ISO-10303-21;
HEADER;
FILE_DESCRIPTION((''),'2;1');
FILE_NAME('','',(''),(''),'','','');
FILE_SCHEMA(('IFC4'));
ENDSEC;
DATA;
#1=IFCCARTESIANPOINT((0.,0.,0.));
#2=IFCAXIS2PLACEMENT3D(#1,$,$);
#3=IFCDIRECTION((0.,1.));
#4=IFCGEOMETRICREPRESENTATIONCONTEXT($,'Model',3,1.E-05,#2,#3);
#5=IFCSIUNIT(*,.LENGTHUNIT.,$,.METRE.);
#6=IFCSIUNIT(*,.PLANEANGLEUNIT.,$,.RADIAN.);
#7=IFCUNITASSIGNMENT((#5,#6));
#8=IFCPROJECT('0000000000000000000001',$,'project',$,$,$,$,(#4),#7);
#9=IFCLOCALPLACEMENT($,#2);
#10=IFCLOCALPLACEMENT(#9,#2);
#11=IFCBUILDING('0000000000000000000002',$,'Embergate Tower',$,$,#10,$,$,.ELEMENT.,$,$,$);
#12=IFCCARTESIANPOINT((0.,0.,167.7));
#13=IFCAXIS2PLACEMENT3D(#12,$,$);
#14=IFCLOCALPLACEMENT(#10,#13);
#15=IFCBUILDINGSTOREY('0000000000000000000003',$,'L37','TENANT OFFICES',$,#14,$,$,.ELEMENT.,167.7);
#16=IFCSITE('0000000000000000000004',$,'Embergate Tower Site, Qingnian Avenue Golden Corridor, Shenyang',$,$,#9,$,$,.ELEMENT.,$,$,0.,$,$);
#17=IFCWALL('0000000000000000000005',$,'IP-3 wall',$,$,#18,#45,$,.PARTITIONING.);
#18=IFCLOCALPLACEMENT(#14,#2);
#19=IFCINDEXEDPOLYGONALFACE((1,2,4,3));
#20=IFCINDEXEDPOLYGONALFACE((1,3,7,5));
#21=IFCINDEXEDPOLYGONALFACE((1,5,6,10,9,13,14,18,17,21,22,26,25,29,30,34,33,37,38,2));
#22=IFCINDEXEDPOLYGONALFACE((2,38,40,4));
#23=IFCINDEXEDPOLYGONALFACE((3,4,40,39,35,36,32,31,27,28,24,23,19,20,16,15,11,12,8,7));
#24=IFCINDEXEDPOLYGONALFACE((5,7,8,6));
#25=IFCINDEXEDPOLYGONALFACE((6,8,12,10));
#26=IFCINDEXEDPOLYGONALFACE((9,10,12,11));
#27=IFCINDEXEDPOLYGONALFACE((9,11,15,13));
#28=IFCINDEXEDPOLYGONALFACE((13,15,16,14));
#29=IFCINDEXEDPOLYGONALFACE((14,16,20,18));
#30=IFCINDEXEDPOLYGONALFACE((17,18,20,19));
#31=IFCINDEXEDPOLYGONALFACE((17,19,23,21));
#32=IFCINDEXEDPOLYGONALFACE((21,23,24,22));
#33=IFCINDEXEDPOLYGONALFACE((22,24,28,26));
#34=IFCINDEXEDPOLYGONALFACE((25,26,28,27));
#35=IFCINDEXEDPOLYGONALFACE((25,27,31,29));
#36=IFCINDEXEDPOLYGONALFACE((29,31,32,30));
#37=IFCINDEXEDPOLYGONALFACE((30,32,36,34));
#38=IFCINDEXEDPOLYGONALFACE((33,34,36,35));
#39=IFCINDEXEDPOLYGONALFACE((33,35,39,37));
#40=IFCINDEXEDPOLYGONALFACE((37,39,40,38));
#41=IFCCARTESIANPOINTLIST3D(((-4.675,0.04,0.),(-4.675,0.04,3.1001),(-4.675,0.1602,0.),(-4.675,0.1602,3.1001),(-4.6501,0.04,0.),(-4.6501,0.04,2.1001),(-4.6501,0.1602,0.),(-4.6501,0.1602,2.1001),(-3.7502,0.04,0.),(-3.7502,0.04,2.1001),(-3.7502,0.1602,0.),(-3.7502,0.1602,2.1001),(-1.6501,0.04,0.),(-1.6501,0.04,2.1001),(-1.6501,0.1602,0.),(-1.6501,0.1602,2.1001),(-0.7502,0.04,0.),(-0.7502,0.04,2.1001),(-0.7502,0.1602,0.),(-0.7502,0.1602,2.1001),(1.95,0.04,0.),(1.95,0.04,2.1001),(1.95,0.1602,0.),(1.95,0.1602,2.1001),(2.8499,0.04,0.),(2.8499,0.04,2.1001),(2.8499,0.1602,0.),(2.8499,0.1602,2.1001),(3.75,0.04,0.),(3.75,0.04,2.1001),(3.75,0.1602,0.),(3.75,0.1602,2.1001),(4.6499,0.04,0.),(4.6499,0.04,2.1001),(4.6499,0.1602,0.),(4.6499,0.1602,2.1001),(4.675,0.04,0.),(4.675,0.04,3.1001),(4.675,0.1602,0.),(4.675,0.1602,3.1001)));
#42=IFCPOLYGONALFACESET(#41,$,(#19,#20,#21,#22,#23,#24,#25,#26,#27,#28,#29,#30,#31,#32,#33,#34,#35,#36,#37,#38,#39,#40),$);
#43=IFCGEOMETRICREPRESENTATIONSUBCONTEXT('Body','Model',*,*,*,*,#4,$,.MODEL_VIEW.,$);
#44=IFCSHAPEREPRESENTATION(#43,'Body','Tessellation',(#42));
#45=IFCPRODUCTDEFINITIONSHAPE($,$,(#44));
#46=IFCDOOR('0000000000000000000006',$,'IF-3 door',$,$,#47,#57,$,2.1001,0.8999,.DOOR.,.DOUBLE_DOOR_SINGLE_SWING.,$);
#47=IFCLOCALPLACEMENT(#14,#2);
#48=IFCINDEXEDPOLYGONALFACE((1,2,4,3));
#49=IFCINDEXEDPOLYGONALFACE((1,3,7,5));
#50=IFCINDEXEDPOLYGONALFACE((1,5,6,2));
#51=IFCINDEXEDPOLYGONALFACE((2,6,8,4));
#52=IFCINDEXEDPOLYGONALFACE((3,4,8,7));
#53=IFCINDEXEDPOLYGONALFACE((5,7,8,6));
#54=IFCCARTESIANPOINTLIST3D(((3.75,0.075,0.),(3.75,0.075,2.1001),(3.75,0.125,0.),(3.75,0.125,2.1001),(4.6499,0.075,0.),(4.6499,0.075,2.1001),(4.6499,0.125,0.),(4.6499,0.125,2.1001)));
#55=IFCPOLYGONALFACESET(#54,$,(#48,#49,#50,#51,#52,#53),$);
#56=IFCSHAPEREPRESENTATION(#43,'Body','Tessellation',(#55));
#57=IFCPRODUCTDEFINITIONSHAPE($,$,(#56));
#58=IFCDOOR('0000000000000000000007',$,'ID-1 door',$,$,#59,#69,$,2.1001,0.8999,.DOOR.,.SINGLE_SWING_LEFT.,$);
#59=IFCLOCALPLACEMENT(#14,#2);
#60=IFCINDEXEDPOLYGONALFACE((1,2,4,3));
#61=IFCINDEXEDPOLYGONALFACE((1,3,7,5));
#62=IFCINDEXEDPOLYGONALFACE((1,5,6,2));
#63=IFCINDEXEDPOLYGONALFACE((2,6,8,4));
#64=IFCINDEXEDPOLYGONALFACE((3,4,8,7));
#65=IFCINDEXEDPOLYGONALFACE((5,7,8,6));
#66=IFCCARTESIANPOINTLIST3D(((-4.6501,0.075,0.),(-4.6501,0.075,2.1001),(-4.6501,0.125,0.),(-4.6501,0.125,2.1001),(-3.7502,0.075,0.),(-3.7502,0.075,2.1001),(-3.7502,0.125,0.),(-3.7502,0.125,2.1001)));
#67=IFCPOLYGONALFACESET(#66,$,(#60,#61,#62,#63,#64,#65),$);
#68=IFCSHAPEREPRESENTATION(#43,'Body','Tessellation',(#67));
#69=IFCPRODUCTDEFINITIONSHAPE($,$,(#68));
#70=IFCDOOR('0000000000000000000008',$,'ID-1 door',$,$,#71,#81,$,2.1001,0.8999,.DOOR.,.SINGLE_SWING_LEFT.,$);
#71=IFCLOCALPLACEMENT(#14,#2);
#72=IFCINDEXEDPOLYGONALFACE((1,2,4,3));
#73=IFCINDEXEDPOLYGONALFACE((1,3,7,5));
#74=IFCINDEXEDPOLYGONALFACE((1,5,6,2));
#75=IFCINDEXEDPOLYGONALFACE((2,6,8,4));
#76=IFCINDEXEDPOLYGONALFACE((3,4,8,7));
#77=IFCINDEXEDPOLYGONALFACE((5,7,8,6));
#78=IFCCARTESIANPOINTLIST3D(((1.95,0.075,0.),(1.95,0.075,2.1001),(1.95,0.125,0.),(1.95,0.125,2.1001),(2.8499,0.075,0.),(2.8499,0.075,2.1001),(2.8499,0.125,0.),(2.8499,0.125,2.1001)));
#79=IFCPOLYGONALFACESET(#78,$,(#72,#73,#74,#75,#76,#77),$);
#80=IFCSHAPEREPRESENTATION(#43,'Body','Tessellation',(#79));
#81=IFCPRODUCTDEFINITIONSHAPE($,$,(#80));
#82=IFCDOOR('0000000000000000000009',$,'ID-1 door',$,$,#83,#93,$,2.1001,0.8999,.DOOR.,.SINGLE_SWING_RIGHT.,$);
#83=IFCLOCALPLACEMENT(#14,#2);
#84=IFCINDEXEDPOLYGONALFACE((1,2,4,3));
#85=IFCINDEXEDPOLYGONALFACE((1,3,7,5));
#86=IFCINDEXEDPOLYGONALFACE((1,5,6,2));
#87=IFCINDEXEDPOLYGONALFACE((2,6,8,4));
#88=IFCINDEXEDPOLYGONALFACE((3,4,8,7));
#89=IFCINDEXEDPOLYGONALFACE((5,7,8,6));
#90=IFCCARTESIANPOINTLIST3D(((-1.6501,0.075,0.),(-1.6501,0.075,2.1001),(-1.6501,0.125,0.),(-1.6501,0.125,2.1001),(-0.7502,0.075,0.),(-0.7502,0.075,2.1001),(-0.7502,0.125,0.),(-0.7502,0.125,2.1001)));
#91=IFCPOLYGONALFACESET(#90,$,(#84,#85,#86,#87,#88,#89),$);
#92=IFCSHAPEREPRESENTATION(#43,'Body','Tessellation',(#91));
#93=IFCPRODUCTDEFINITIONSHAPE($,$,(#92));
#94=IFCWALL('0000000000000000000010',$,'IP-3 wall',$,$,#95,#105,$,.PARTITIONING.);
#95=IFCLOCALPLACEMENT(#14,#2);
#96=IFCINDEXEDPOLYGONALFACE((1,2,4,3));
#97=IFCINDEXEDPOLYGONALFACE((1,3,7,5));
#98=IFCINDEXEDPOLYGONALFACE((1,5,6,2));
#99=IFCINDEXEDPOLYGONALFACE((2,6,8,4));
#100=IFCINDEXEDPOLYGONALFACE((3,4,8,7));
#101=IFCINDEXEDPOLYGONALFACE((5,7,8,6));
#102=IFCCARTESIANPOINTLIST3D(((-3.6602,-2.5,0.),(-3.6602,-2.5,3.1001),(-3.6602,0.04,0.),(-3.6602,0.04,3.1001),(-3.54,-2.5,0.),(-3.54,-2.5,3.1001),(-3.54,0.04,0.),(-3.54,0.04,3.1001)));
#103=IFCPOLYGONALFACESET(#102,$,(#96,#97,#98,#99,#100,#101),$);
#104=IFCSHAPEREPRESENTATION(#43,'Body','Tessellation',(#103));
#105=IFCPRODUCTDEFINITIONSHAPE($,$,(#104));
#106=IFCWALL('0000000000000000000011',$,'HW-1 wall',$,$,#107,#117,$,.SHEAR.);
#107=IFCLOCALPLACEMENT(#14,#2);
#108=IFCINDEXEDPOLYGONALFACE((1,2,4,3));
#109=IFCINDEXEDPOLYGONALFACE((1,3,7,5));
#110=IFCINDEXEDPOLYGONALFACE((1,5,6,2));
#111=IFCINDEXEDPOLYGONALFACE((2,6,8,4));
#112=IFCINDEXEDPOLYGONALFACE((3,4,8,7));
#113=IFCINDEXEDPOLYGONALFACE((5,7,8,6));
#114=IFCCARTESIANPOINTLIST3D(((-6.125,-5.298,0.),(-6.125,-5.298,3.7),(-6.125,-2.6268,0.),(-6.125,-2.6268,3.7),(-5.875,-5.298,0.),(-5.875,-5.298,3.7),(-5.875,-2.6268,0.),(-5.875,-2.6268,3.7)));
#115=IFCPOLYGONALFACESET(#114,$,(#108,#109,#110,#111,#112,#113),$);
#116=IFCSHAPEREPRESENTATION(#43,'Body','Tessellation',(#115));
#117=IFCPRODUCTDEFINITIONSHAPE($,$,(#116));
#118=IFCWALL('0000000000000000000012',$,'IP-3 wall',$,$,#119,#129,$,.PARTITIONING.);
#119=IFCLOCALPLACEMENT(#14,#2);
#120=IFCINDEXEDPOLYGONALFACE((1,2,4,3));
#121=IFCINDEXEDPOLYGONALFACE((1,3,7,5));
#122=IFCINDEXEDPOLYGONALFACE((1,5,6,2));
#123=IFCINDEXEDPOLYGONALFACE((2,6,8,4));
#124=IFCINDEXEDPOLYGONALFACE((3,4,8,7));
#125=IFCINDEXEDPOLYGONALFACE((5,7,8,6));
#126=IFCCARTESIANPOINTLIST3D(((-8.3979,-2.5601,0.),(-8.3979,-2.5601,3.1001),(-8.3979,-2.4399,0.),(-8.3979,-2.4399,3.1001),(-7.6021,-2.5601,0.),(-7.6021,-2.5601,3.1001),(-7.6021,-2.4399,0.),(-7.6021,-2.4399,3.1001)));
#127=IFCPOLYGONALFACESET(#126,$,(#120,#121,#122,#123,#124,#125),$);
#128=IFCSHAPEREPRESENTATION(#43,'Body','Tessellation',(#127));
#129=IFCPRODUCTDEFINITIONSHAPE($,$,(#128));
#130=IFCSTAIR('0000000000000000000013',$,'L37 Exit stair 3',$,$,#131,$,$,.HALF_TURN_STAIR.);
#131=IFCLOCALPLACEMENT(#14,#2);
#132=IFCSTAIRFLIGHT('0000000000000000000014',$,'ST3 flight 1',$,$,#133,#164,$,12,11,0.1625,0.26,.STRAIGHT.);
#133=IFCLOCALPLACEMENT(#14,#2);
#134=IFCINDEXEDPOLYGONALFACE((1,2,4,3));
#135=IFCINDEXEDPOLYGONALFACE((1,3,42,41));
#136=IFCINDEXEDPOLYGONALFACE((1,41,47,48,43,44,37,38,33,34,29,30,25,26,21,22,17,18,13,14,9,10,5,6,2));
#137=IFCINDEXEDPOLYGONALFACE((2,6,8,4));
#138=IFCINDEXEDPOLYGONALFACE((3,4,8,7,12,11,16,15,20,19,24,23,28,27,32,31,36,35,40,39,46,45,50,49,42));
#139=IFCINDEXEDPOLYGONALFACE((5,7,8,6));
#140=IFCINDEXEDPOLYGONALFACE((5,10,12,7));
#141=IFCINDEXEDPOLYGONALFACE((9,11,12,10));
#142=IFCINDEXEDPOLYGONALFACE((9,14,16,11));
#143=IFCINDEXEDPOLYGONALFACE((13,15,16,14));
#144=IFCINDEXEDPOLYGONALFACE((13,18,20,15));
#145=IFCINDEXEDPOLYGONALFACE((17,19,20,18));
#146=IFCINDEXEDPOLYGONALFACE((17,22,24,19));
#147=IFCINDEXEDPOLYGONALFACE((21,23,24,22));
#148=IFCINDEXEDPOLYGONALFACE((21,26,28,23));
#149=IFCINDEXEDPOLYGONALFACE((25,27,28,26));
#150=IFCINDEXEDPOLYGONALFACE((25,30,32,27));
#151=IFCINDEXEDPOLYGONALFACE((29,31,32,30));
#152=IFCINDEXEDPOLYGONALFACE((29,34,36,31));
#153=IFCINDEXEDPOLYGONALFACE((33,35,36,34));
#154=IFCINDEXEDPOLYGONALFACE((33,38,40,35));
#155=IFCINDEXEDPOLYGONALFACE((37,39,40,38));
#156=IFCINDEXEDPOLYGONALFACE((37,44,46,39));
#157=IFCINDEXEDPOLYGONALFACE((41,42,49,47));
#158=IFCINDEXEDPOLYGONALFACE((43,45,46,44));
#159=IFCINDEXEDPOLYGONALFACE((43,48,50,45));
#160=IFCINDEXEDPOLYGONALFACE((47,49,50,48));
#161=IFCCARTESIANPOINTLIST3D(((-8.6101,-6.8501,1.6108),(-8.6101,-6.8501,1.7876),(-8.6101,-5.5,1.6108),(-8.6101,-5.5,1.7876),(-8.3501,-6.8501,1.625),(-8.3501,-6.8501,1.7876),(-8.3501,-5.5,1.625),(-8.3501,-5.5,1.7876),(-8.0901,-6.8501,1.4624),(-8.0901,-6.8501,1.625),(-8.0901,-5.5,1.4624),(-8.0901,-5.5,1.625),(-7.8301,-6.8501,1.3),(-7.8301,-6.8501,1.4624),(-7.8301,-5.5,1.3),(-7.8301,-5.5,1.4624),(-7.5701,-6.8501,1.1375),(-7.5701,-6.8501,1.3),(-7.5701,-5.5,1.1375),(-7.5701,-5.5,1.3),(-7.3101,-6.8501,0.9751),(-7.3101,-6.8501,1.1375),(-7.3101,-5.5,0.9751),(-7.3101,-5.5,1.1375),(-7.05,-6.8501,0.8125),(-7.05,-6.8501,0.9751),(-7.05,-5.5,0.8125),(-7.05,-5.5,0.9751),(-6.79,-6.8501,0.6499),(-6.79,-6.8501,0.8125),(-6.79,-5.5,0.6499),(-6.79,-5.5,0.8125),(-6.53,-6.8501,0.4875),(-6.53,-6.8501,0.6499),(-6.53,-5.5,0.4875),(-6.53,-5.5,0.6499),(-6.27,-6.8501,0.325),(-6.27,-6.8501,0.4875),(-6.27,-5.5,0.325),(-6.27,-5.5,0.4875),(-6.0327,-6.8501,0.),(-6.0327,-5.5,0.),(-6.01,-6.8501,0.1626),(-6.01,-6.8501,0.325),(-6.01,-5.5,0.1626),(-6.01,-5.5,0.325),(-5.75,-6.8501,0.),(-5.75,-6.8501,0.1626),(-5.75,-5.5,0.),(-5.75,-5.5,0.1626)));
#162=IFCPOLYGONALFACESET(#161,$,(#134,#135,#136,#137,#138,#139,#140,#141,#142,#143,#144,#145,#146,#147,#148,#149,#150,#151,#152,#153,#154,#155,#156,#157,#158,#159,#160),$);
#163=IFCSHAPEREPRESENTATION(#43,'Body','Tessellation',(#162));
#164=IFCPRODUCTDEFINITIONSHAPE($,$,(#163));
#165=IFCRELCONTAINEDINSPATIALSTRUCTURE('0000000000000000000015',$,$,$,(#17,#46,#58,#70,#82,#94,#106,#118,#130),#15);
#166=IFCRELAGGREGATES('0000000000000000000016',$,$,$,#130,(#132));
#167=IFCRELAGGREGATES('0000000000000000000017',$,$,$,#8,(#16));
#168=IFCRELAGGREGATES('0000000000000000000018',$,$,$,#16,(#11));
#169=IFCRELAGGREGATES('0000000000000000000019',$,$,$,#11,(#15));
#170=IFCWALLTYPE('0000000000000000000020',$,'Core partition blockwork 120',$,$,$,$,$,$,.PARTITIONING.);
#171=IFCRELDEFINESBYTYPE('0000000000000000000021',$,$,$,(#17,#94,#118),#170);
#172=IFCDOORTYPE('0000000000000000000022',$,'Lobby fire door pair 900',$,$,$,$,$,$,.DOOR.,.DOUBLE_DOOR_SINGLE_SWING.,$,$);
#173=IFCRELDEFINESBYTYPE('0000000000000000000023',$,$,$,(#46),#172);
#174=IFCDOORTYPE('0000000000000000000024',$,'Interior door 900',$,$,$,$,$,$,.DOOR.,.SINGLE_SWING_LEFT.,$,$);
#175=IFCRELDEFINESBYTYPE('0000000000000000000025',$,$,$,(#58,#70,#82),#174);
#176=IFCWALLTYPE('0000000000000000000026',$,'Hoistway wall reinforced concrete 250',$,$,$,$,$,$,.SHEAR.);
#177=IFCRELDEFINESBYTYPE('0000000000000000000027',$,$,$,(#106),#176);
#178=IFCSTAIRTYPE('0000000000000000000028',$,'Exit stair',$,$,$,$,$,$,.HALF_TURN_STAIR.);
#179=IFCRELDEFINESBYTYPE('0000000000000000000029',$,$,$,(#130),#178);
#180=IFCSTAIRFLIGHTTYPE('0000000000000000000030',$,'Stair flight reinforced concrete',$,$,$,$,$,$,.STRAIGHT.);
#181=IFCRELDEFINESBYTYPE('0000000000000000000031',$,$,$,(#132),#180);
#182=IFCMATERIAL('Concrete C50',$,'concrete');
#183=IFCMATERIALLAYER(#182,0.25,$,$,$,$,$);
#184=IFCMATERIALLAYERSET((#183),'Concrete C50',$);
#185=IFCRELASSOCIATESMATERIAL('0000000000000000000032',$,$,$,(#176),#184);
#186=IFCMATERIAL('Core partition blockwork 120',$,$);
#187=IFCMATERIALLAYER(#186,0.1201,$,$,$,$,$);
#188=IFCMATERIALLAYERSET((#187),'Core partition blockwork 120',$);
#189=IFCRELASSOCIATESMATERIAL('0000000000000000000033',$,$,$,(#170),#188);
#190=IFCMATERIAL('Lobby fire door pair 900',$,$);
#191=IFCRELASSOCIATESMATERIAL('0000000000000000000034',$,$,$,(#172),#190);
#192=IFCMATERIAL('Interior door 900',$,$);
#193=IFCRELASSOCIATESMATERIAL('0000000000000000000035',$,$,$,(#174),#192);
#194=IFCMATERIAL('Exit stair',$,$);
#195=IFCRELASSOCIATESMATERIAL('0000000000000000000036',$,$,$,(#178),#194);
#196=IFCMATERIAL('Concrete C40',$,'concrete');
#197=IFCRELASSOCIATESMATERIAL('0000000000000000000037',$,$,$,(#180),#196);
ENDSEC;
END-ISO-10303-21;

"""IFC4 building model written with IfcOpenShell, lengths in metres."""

from ifc_helpers import new_model, si_unit, direction, frame, frame_2d, origin, place, context, subcontext, project, spatial, polyline, rectangle, outline, extrude, source, transform, mapped, material, layer, layer_set, type_object, element, fill, aggregate, save


model = new_model("IFC4")

# Units and contexts
model_context = context("Model", 3, precision=1e-05, world=origin(), true_north=direction((0.0, 1.0)))
body_context = subcontext(model_context, "Body", "Model", "MODEL_VIEW")
ifc_project = project(units=[si_unit("LENGTHUNIT", "METRE"), si_unit("PLANEANGLEUNIT", "RADIAN")], contexts=[model_context])

# Site, building, storey
site_placement = place(None, origin())
site = spatial("IfcSite", under=ifc_project, at=site_placement, Name="Embergate Tower Site, Qingnian Avenue Golden Corridor, Shenyang", CompositionType="ELEMENT", RefElevation=0.0)
building_placement = place(site_placement, origin())
building = spatial("IfcBuilding", under=site, at=building_placement, Name="Embergate Tower", CompositionType="ELEMENT")
storey_placement = place(building_placement, frame((0.0, 0.0, 167.7)))
storey = spatial("IfcBuildingStorey", under=building, at=storey_placement, Name="L37", Description="TENANT OFFICES", CompositionType="ELEMENT", Elevation=167.7)

# Shared definitions
ifc_material_1 = material(Name="Concrete C50", Category="concrete")
ifc_layer_1 = layer(ifc_material_1, 0.25)
ifc_layer_set_1 = layer_set([ifc_layer_1], Name="Concrete C50")
wall_type_1 = type_object("IfcWallType", Name="Hoistway wall reinforced concrete 250", PredefinedType="SHEAR", material=ifc_layer_set_1)

# Shared definitions
ifc_material_2 = material(Name="Core partition blockwork 120")
ifc_layer_2 = layer(ifc_material_2, 0.1201)
ifc_layer_set_2 = layer_set([ifc_layer_2], Name="Core partition blockwork 120")
wall_type_2 = type_object("IfcWallType", Name="Core partition blockwork 120", PredefinedType="PARTITIONING", material=ifc_layer_set_2)

# Wall, openings, doors
shared_shape_1 = source(origin(), body_context, "Body", "SweptSolid", [
    extrude(rectangle(XDim=9.3501, YDim=0.1201, at=frame_2d((4.675, 0.0))), origin(), (0.0, 0.0, 1.0), 3.1001),
])
wall_1_placement = place(storey_placement, frame((-4.675, 0.1001, 0.0), z_axis=(0.0, 0.0, 1.0), x_axis=(1.0, 0.0, 0.0)))
wall_1 = element("IfcWall", 1, at=wall_1_placement, inside=storey, type_object=wall_type_2, Name="IP-3 wall", PredefinedType="PARTITIONING", context=body_context, shape_type="MappedRepresentation", body=[
    mapped(shared_shape_1, transform((0.0, 0.0, 0.0))),
])
shared_shape_2 = source(origin(), body_context, "Body", "SweptSolid", [
    extrude(rectangle(XDim=0.8999, YDim=2.1001, at=frame_2d((0.45, 1.05))), frame((0.0, 0.0701, 0.0), z_axis=(0.0, -1.0, 0.0), x_axis=(1.0, 0.0, 0.0)), (0.0, 0.0, 1.0), 0.1401),
])
opening_1_placement = place(wall_1_placement, frame((8.425, 0.0, 0.0)))
opening_1 = element("IfcOpeningElement", 2, at=opening_1_placement, cuts=wall_1, PredefinedType="OPENING", context=body_context, shape_type="MappedRepresentation", body=[
    mapped(shared_shape_2, transform((0.0, 0.0, 0.0))),
])
opening_2_placement = place(wall_1_placement, frame((0.0249, 0.0, 0.0)))
opening_2 = element("IfcOpeningElement", 3, at=opening_2_placement, cuts=wall_1, PredefinedType="OPENING", context=body_context, shape_type="MappedRepresentation", body=[
    mapped(shared_shape_2, transform((0.0, 0.0, 0.0))),
])
opening_3_placement = place(wall_1_placement, frame((6.625, 0.0, 0.0)))
opening_3 = element("IfcOpeningElement", 4, at=opening_3_placement, cuts=wall_1, PredefinedType="OPENING", context=body_context, shape_type="MappedRepresentation", body=[
    mapped(shared_shape_2, transform((0.0, 0.0, 0.0))),
])
opening_4_placement = place(wall_1_placement, frame((3.0249, 0.0, 0.0)))
opening_4 = element("IfcOpeningElement", 5, at=opening_4_placement, cuts=wall_1, PredefinedType="OPENING", context=body_context, shape_type="MappedRepresentation", body=[
    mapped(shared_shape_2, transform((0.0, 0.0, 0.0))),
])
ifc_material_3 = material(Name="Lobby fire door pair 900")
door_type_1 = type_object("IfcDoorType", Name="Lobby fire door pair 900", OperationType="DOUBLE_DOOR_SINGLE_SWING", PredefinedType="DOOR", material=ifc_material_3)
shared_shape_3 = source(origin(), body_context, "Body", "SweptSolid", [
    extrude(rectangle(XDim=0.8999, YDim=2.1001, at=frame_2d((0.45, 1.05))), frame((0.0, 0.0249, 0.0), z_axis=(0.0, -1.0, 0.0), x_axis=(1.0, 0.0, 0.0)), (0.0, 0.0, 1.0), 0.05),
])
door_1_placement = place(opening_1_placement, origin())
door_1 = element("IfcDoor", 6, at=door_1_placement, inside=storey, type_object=door_type_1, Name="IF-3 door", OperationType="DOUBLE_DOOR_SINGLE_SWING", OverallHeight=2.1001, OverallWidth=0.8999, PredefinedType="DOOR", context=body_context, shape_type="MappedRepresentation", body=[
    mapped(shared_shape_3, transform((0.0, 0.0, 0.0))),
])
fill(opening_1, door_1)
ifc_material_4 = material(Name="Interior door 900")
door_type_2 = type_object("IfcDoorType", Name="Interior door 900", OperationType="SINGLE_SWING_LEFT", PredefinedType="DOOR", material=ifc_material_4)
door_2_placement = place(opening_2_placement, origin())
door_2 = element("IfcDoor", 7, at=door_2_placement, inside=storey, type_object=door_type_2, Name="ID-1 door", OperationType="SINGLE_SWING_LEFT", OverallHeight=2.1001, OverallWidth=0.8999, PredefinedType="DOOR", context=body_context, shape_type="MappedRepresentation", body=[
    mapped(shared_shape_3, transform((0.0, 0.0, 0.0))),
])
fill(opening_2, door_2)
door_3_placement = place(opening_3_placement, origin())
door_3 = element("IfcDoor", 8, at=door_3_placement, inside=storey, type_object=door_type_2, Name="ID-1 door", OperationType="SINGLE_SWING_LEFT", OverallHeight=2.1001, OverallWidth=0.8999, PredefinedType="DOOR", context=body_context, shape_type="MappedRepresentation", body=[
    mapped(shared_shape_3, transform((0.0, 0.0, 0.0))),
])
fill(opening_3, door_3)
door_4_placement = place(opening_4_placement, origin())
door_4 = element("IfcDoor", 9, at=door_4_placement, inside=storey, type_object=door_type_2, Name="ID-1 door", OperationType="SINGLE_SWING_RIGHT", OverallHeight=2.1001, OverallWidth=0.8999, PredefinedType="DOOR", context=body_context, shape_type="MappedRepresentation", body=[
    mapped(shared_shape_3, transform((0.0, 0.0, 0.0))),
])
fill(opening_4, door_4)

# Walls
shared_shape_4 = source(origin(), body_context, "Body", "SweptSolid", [
    extrude(rectangle(XDim=2.54, YDim=0.1201, at=frame_2d((1.27, 0.0))), origin(), (0.0, 0.0, 1.0), 3.1001),
])
wall_2_placement = place(storey_placement, frame((-3.6001, -2.5, 0.0), z_axis=(0.0, 0.0, 1.0), x_axis=(0.0, 1.0, 0.0)))
element("IfcWall", 10, at=wall_2_placement, inside=storey, type_object=wall_type_2, Name="IP-3 wall", PredefinedType="PARTITIONING", context=body_context, shape_type="MappedRepresentation", body=[
    mapped(shared_shape_4, transform((0.0, 0.0, 0.0))),
])
shared_shape_5 = source(origin(), body_context, "Body", "SweptSolid", [
    extrude(rectangle(XDim=2.6711, YDim=0.25, at=frame_2d((1.3354, 0.0))), origin(), (0.0, 0.0, 1.0), 3.7),
])
wall_3_placement = place(storey_placement, frame((-6.0, -2.627, 0.0), z_axis=(0.0, 0.0, 1.0), x_axis=(0.0, -1.0, 0.0)))
element("IfcWall", 11, at=wall_3_placement, inside=storey, type_object=wall_type_1, Name="HW-1 wall", PredefinedType="SHEAR", context=body_context, shape_type="MappedRepresentation", body=[
    mapped(shared_shape_5, transform((0.0, 0.0, 0.0))),
])
shared_shape_6 = source(origin(), body_context, "Body", "SweptSolid", [
    extrude(rectangle(XDim=0.7959, YDim=0.1201, at=frame_2d((0.3979, 0.0))), origin(), (0.0, 0.0, 1.0), 3.1001),
])
wall_4_placement = place(storey_placement, frame((-8.3979, -2.5, 0.0), z_axis=(0.0, 0.0, 1.0), x_axis=(1.0, 0.0, 0.0)))
element("IfcWall", 12, at=wall_4_placement, inside=storey, type_object=wall_type_2, Name="IP-3 wall", PredefinedType="PARTITIONING", context=body_context, shape_type="MappedRepresentation", body=[
    mapped(shared_shape_6, transform((0.0, 0.0, 0.0))),
])

# Stair, stair flight
ifc_material_5 = material(Name="Exit stair")
stair_type = type_object("IfcStairType", Name="Exit stair", PredefinedType="HALF_TURN_STAIR", material=ifc_material_5)
stair_placement = place(storey_placement, origin())
stair = element("IfcStair", 13, at=stair_placement, inside=storey, type_object=stair_type, Name="L37 Exit stair 3", PredefinedType="HALF_TURN_STAIR")
ifc_material_6 = material(Name="Concrete C40", Category="concrete")
stair_flight_type = type_object("IfcStairFlightType", Name="Stair flight reinforced concrete", PredefinedType="STRAIGHT", material=ifc_material_6)
shared_shape_7 = source(origin(), body_context, "Body", "SweptSolid", [
    extrude(outline(polyline([(0.0, 0.0), (0.0, 0.1626), (0.26, 0.1626), (0.26, 0.325), (0.52, 0.325), (0.52, 0.4875), (0.78, 0.4875), (0.78, 0.6499), (1.04, 0.6499), (1.04, 0.8125), (1.3, 0.8125), (1.3, 0.9751), (1.5601, 0.9751), (1.5601, 1.1375), (1.8201, 1.1375), (1.8201, 1.3), (2.0801, 1.3), (2.0801, 1.4624), (2.3401, 1.4624), (2.3401, 1.625), (2.6001, 1.625), (2.6001, 1.7876), (2.8601, 1.7876), (2.8601, 1.95), (2.8601, 1.6108), (0.2827, 0.0), (0.0, 0.0)])), frame((0.0, 0.675, 0.0), z_axis=(0.0, -1.0, 0.0), x_axis=(1.0, 0.0, 0.0)), (0.0, 0.0, 1.0), 1.3501),
])
stair_flight_placement = place(storey_placement, frame((-5.75, -6.175, 0.0), z_axis=(0.0, 0.0, 1.0), x_axis=(-1.0, 0.0, 0.0)))
stair_flight = element("IfcStairFlight", 14, at=stair_flight_placement, type_object=stair_flight_type, Name="ST3 flight 1", NumberOfRisers=12, NumberOfTreads=11, PredefinedType="STRAIGHT", RiserHeight=0.1625, TreadLength=0.26, context=body_context, shape_type="MappedRepresentation", body=[
    mapped(shared_shape_7, transform((0.0, 0.0, 0.0))),
])
aggregate(stair, [stair_flight])

save(model, "model.ifc")
